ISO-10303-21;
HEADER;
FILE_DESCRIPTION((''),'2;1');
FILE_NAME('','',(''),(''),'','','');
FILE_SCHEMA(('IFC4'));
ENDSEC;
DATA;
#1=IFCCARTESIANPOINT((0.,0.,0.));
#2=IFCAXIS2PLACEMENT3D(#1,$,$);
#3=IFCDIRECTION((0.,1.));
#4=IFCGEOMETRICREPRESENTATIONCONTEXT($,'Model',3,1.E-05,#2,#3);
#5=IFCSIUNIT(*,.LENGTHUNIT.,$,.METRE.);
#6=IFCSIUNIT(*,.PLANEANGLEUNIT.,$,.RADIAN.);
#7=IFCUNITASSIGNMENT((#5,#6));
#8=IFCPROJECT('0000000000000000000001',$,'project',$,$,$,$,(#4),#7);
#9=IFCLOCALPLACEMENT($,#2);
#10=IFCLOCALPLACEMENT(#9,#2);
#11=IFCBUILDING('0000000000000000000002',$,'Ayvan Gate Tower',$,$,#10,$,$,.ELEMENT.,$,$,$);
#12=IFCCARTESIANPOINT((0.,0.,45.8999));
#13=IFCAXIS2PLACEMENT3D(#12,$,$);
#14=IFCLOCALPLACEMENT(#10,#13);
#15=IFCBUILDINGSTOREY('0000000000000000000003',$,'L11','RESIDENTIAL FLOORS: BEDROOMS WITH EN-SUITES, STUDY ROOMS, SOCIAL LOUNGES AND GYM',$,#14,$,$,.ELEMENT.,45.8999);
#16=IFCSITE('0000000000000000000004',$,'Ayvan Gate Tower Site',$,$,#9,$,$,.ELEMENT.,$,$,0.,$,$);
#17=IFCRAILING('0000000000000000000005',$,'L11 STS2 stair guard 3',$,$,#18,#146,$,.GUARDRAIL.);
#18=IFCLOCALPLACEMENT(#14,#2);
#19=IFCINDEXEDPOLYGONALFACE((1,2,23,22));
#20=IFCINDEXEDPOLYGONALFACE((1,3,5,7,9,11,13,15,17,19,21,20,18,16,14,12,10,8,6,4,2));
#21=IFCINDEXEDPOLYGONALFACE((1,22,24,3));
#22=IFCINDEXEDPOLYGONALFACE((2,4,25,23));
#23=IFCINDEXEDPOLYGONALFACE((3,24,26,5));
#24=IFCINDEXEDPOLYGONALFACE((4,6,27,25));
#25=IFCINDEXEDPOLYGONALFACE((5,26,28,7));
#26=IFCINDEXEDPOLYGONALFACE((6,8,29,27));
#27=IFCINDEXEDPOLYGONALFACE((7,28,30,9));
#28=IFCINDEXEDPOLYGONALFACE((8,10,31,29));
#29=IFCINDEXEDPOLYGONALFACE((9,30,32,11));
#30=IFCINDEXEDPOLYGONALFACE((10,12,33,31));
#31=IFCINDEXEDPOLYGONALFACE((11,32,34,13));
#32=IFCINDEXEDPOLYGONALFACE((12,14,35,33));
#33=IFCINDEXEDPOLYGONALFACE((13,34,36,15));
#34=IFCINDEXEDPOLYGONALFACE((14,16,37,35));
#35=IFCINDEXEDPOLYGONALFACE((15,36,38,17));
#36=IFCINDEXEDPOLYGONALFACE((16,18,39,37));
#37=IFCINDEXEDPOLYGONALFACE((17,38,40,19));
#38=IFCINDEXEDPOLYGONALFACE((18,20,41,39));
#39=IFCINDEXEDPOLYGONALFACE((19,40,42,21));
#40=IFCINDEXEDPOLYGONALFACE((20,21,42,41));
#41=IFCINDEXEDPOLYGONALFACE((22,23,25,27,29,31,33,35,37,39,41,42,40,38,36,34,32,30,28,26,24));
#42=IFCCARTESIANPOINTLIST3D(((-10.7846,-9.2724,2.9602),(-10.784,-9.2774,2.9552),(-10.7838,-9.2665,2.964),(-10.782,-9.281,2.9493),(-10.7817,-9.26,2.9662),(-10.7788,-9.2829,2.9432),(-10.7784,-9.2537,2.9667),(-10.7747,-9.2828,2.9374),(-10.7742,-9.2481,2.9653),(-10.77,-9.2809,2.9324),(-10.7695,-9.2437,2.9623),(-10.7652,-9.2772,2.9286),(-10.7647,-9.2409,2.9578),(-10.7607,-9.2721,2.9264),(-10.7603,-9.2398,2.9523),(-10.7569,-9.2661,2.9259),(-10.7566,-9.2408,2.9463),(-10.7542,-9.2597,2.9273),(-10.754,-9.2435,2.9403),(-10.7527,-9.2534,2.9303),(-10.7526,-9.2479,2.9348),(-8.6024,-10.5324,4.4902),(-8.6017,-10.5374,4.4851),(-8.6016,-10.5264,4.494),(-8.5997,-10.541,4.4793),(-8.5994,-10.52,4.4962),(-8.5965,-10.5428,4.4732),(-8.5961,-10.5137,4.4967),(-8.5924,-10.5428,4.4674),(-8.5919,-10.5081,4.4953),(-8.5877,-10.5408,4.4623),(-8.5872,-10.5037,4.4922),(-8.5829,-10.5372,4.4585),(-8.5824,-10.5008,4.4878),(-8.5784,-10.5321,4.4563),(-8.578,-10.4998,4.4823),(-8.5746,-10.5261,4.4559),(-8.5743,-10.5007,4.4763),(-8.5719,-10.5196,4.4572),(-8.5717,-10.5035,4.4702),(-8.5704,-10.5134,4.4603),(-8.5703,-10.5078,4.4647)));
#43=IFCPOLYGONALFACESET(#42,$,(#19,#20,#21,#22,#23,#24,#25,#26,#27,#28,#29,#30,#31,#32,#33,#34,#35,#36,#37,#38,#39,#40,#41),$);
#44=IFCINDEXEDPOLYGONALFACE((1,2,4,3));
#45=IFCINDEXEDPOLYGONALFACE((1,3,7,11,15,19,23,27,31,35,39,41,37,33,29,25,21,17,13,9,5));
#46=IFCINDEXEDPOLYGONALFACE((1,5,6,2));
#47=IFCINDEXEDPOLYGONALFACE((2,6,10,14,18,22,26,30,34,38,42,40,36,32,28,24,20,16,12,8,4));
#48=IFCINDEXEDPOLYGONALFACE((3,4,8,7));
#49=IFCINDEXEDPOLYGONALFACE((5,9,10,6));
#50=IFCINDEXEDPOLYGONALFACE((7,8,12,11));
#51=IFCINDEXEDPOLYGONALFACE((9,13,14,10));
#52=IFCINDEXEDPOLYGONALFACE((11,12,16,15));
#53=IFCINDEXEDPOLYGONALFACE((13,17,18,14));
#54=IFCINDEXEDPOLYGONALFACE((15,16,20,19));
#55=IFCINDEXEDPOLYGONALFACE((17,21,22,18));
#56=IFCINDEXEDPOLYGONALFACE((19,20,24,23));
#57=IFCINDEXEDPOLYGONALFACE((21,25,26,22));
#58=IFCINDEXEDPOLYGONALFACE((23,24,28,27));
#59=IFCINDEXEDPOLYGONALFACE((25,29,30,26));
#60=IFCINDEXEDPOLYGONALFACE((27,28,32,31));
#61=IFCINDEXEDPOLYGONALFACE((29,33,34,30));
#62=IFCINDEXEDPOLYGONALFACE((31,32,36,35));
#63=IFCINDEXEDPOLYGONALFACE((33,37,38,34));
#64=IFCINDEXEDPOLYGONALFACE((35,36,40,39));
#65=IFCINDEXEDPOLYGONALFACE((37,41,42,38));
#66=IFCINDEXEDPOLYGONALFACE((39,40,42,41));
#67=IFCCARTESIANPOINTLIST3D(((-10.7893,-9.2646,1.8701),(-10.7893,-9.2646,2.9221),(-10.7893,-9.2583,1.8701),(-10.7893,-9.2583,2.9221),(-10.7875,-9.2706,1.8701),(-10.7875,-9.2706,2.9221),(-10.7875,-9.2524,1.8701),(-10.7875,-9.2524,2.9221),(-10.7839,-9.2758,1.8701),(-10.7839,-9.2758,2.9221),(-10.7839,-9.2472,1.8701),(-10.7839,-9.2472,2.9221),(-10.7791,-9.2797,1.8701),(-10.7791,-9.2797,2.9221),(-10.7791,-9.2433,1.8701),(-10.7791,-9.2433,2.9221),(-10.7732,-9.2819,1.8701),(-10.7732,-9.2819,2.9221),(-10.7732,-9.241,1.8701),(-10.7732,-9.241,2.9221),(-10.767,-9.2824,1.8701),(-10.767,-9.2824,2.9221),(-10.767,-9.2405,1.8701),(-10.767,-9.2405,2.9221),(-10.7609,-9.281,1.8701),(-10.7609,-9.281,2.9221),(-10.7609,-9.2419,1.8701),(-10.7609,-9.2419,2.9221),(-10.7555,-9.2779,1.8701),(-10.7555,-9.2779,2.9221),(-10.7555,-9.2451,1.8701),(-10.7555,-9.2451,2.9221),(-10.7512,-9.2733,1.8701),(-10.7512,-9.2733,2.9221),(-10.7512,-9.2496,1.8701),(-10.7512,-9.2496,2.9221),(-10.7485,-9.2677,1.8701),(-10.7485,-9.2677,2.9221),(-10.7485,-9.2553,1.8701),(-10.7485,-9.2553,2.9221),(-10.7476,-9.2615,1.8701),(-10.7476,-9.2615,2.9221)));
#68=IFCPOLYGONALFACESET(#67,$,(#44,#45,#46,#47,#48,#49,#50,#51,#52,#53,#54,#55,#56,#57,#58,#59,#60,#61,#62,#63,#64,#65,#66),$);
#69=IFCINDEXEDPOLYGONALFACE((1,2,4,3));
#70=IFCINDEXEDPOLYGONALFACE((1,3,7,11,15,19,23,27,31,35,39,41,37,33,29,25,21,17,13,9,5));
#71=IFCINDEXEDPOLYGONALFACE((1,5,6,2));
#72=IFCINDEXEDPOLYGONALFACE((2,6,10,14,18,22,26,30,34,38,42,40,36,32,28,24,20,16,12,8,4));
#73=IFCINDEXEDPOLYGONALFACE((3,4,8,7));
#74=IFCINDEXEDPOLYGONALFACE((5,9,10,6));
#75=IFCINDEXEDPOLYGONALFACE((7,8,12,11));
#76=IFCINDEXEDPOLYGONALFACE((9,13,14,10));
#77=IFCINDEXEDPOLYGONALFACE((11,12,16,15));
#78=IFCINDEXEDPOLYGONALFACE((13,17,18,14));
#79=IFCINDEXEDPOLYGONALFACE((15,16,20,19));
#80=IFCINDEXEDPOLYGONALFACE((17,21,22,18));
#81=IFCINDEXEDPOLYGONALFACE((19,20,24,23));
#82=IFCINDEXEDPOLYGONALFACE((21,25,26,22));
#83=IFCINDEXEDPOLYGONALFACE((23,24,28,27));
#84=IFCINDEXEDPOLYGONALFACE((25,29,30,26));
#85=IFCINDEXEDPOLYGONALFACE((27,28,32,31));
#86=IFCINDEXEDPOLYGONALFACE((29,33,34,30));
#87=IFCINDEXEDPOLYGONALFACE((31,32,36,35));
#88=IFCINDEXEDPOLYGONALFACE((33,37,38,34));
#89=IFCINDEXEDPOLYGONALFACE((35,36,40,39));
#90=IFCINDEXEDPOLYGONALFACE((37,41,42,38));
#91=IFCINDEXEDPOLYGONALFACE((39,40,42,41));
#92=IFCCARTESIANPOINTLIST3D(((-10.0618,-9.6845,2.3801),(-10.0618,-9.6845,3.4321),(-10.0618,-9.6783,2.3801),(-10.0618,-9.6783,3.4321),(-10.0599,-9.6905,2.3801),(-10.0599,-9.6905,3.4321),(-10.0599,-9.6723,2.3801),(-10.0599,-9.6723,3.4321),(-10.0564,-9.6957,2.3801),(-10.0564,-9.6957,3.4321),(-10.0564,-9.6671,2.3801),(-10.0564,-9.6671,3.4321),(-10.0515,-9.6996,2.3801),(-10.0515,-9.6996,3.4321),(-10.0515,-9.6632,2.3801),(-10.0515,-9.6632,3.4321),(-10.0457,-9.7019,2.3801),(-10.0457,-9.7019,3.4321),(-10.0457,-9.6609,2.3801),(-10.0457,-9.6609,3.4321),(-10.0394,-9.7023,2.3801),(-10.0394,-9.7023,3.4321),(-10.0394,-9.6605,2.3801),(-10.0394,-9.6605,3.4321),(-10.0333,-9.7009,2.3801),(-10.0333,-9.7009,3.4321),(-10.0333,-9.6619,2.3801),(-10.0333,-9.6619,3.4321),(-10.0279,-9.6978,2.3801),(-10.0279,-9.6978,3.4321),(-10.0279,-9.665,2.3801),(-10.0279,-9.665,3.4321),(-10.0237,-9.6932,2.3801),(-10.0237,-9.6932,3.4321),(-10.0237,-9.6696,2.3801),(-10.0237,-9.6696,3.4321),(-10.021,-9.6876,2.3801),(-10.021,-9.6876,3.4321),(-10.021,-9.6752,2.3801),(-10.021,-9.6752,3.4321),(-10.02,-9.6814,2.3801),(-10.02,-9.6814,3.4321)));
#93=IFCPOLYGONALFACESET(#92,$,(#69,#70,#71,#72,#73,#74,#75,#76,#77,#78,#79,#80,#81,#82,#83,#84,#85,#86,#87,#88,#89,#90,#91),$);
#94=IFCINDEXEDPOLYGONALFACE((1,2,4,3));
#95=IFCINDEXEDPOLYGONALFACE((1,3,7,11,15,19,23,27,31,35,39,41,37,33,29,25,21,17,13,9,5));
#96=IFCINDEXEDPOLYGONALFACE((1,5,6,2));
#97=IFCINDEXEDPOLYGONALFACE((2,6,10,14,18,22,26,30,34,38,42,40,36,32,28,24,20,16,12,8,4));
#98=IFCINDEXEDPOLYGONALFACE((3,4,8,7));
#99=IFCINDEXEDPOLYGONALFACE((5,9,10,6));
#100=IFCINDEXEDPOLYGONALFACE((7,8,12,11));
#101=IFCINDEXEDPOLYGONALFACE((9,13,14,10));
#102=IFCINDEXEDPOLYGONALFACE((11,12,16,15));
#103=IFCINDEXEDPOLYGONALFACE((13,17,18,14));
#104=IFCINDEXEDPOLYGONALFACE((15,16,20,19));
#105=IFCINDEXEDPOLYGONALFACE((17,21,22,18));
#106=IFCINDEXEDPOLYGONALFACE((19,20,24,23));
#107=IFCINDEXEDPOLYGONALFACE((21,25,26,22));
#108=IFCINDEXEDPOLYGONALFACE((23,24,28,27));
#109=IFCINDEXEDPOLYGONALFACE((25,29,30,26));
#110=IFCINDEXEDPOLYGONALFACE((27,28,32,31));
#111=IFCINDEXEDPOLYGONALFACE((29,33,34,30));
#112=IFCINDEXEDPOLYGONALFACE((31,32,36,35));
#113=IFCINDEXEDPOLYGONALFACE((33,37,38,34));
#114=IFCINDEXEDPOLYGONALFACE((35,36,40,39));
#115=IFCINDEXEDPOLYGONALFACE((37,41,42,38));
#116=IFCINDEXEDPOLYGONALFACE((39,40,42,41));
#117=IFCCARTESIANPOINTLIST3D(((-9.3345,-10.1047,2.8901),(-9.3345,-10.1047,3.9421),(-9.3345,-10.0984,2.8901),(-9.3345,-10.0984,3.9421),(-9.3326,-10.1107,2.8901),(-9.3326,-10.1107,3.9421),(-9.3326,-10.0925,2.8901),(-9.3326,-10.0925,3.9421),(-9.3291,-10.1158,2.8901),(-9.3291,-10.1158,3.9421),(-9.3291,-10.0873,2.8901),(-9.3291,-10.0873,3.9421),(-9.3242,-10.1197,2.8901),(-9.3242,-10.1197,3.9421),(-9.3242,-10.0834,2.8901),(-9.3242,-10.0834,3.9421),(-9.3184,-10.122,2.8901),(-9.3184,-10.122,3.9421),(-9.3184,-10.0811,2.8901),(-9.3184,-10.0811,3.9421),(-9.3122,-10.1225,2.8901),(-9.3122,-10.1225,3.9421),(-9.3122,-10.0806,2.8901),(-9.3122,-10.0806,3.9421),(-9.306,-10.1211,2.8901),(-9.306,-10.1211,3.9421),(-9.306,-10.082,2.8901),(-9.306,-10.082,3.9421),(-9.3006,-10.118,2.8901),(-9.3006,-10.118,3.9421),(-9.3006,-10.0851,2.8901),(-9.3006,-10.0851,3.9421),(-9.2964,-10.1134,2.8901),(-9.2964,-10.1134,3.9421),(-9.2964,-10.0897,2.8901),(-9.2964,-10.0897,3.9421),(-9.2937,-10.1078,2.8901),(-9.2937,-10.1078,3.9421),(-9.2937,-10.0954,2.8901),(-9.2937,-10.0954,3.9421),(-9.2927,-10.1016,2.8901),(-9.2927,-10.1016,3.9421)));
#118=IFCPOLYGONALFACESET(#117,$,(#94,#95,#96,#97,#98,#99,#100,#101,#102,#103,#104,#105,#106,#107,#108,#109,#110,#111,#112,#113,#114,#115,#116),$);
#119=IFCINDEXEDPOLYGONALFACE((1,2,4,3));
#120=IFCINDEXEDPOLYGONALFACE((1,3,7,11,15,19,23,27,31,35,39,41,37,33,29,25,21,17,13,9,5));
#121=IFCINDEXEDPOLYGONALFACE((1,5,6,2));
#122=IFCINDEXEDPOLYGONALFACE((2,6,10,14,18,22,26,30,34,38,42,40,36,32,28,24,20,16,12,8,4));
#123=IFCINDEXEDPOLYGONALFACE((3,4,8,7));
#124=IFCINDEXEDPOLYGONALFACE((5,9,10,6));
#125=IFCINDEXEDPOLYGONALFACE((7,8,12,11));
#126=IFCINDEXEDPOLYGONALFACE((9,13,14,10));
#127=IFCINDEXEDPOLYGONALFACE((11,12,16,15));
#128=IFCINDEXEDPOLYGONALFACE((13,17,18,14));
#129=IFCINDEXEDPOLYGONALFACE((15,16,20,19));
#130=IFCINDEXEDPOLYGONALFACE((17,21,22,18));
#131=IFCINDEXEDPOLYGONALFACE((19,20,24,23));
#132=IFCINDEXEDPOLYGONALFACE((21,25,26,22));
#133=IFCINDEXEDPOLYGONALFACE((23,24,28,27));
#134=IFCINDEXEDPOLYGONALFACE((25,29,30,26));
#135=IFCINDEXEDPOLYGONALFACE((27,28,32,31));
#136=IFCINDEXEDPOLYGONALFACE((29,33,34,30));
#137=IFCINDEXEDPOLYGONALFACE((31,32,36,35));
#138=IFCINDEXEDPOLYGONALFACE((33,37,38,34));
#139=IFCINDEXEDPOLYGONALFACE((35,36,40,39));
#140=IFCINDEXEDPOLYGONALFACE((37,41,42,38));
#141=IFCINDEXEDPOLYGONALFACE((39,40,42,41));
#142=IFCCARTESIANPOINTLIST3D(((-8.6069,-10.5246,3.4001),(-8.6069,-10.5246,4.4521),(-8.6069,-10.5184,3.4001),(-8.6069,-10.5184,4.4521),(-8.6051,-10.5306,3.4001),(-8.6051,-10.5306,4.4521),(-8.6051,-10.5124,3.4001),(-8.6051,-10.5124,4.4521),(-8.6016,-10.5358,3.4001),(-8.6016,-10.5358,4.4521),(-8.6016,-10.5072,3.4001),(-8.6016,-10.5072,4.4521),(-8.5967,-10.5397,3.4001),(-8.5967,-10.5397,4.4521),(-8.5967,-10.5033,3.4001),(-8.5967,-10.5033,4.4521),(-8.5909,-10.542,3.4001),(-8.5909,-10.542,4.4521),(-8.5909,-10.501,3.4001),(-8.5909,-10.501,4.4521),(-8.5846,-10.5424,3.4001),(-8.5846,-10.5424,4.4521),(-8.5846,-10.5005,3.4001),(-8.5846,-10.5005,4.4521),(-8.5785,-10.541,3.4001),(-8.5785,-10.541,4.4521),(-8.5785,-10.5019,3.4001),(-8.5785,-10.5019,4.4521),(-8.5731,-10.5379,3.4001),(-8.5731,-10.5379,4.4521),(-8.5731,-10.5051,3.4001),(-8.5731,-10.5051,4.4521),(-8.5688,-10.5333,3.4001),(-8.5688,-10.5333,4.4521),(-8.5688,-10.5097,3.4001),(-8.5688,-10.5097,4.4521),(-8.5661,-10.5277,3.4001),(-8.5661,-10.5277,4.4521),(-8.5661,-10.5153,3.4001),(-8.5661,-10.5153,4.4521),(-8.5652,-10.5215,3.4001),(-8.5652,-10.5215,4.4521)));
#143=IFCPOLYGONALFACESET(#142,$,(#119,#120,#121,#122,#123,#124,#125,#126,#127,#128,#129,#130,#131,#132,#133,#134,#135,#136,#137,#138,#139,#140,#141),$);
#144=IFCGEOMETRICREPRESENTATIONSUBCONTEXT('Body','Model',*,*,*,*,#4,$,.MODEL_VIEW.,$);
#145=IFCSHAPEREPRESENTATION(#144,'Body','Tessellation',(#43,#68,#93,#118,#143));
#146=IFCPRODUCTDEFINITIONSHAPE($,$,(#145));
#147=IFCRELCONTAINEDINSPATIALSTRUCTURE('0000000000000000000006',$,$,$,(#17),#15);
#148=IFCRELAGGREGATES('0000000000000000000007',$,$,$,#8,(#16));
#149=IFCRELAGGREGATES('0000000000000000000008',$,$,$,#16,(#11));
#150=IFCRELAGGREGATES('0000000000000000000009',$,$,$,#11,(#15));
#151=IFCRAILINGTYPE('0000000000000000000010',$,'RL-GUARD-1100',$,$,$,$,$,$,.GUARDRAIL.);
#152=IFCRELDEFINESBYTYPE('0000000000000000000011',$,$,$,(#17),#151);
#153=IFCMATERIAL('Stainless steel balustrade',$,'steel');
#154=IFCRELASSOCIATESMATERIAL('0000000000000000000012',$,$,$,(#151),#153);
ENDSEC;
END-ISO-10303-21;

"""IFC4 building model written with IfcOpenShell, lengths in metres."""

from ifc_helpers import new_model, si_unit, direction, frame, origin, origin_2d, place, context, subcontext, project, spatial, circle, extrude, material, type_object, element, save


model = new_model("IFC4")

# Units and contexts
model_context = context("Model", 3, precision=1e-05, world=origin(), true_north=direction((0.0, 1.0)))
body_context = subcontext(model_context, "Body", "Model", "MODEL_VIEW")
ifc_project = project(units=[si_unit("LENGTHUNIT", "METRE"), si_unit("PLANEANGLEUNIT", "RADIAN")], contexts=[model_context])

# Site, building, storey
site_placement = place(None, origin())
site = spatial("IfcSite", under=ifc_project, at=site_placement, Name="Ayvan Gate Tower Site", CompositionType="ELEMENT", RefElevation=0.0)
building_placement = place(site_placement, origin())
building = spatial("IfcBuilding", under=site, at=building_placement, Name="Ayvan Gate Tower", CompositionType="ELEMENT")
storey_placement = place(building_placement, frame((0.0, 0.0, 45.8999)))
storey = spatial("IfcBuildingStorey", under=building, at=storey_placement, Name="L11", Description="RESIDENTIAL FLOORS: BEDROOMS WITH EN-SUITES, STUDY ROOMS, SOCIAL LOUNGES AND GYM", CompositionType="ELEMENT", Elevation=45.8999)

# Railing
ifc_material_1 = material(Name="Stainless steel balustrade", Category="steel")
railing_type_1 = type_object("IfcRailingType", Name="RL-GUARD-1100", PredefinedType="GUARDRAIL", material=ifc_material_1)
railing_1_placement = place(storey_placement, frame((-10.7686, -9.2615, 1.8701)))
element("IfcRailing", 1, at=railing_1_placement, inside=storey, type_object=railing_type_1, Name="L11 STS2 stair guard 3", PredefinedType="GUARDRAIL", context=body_context, shape_type="SweptSolid", body=[
    extrude(circle(Radius=0.0239, at=origin_2d()), frame((0.0, 0.0, 1.0762), z_axis=(0.740261, -0.427395, 0.518986), x_axis=(0.500005, 0.866023, 0.0)), (0.0, 0.0, 1.0), 2.948),
    extrude(circle(Radius=0.021, at=origin_2d()), origin(), (0.0, 0.0, 1.0), 1.052),
    extrude(circle(Radius=0.021, at=origin_2d()), frame((0.7275, -0.4199, 0.51)), (0.0, 0.0, 1.0), 1.052),
    extrude(circle(Radius=0.021, at=origin_2d()), frame((1.4548, -0.8401, 1.02)), (0.0, 0.0, 1.0), 1.052),
    extrude(circle(Radius=0.021, at=origin_2d()), frame((2.1824, -1.26, 1.53)), (0.0, 0.0, 1.0), 1.052),
])

save(model, "model.ifc")
